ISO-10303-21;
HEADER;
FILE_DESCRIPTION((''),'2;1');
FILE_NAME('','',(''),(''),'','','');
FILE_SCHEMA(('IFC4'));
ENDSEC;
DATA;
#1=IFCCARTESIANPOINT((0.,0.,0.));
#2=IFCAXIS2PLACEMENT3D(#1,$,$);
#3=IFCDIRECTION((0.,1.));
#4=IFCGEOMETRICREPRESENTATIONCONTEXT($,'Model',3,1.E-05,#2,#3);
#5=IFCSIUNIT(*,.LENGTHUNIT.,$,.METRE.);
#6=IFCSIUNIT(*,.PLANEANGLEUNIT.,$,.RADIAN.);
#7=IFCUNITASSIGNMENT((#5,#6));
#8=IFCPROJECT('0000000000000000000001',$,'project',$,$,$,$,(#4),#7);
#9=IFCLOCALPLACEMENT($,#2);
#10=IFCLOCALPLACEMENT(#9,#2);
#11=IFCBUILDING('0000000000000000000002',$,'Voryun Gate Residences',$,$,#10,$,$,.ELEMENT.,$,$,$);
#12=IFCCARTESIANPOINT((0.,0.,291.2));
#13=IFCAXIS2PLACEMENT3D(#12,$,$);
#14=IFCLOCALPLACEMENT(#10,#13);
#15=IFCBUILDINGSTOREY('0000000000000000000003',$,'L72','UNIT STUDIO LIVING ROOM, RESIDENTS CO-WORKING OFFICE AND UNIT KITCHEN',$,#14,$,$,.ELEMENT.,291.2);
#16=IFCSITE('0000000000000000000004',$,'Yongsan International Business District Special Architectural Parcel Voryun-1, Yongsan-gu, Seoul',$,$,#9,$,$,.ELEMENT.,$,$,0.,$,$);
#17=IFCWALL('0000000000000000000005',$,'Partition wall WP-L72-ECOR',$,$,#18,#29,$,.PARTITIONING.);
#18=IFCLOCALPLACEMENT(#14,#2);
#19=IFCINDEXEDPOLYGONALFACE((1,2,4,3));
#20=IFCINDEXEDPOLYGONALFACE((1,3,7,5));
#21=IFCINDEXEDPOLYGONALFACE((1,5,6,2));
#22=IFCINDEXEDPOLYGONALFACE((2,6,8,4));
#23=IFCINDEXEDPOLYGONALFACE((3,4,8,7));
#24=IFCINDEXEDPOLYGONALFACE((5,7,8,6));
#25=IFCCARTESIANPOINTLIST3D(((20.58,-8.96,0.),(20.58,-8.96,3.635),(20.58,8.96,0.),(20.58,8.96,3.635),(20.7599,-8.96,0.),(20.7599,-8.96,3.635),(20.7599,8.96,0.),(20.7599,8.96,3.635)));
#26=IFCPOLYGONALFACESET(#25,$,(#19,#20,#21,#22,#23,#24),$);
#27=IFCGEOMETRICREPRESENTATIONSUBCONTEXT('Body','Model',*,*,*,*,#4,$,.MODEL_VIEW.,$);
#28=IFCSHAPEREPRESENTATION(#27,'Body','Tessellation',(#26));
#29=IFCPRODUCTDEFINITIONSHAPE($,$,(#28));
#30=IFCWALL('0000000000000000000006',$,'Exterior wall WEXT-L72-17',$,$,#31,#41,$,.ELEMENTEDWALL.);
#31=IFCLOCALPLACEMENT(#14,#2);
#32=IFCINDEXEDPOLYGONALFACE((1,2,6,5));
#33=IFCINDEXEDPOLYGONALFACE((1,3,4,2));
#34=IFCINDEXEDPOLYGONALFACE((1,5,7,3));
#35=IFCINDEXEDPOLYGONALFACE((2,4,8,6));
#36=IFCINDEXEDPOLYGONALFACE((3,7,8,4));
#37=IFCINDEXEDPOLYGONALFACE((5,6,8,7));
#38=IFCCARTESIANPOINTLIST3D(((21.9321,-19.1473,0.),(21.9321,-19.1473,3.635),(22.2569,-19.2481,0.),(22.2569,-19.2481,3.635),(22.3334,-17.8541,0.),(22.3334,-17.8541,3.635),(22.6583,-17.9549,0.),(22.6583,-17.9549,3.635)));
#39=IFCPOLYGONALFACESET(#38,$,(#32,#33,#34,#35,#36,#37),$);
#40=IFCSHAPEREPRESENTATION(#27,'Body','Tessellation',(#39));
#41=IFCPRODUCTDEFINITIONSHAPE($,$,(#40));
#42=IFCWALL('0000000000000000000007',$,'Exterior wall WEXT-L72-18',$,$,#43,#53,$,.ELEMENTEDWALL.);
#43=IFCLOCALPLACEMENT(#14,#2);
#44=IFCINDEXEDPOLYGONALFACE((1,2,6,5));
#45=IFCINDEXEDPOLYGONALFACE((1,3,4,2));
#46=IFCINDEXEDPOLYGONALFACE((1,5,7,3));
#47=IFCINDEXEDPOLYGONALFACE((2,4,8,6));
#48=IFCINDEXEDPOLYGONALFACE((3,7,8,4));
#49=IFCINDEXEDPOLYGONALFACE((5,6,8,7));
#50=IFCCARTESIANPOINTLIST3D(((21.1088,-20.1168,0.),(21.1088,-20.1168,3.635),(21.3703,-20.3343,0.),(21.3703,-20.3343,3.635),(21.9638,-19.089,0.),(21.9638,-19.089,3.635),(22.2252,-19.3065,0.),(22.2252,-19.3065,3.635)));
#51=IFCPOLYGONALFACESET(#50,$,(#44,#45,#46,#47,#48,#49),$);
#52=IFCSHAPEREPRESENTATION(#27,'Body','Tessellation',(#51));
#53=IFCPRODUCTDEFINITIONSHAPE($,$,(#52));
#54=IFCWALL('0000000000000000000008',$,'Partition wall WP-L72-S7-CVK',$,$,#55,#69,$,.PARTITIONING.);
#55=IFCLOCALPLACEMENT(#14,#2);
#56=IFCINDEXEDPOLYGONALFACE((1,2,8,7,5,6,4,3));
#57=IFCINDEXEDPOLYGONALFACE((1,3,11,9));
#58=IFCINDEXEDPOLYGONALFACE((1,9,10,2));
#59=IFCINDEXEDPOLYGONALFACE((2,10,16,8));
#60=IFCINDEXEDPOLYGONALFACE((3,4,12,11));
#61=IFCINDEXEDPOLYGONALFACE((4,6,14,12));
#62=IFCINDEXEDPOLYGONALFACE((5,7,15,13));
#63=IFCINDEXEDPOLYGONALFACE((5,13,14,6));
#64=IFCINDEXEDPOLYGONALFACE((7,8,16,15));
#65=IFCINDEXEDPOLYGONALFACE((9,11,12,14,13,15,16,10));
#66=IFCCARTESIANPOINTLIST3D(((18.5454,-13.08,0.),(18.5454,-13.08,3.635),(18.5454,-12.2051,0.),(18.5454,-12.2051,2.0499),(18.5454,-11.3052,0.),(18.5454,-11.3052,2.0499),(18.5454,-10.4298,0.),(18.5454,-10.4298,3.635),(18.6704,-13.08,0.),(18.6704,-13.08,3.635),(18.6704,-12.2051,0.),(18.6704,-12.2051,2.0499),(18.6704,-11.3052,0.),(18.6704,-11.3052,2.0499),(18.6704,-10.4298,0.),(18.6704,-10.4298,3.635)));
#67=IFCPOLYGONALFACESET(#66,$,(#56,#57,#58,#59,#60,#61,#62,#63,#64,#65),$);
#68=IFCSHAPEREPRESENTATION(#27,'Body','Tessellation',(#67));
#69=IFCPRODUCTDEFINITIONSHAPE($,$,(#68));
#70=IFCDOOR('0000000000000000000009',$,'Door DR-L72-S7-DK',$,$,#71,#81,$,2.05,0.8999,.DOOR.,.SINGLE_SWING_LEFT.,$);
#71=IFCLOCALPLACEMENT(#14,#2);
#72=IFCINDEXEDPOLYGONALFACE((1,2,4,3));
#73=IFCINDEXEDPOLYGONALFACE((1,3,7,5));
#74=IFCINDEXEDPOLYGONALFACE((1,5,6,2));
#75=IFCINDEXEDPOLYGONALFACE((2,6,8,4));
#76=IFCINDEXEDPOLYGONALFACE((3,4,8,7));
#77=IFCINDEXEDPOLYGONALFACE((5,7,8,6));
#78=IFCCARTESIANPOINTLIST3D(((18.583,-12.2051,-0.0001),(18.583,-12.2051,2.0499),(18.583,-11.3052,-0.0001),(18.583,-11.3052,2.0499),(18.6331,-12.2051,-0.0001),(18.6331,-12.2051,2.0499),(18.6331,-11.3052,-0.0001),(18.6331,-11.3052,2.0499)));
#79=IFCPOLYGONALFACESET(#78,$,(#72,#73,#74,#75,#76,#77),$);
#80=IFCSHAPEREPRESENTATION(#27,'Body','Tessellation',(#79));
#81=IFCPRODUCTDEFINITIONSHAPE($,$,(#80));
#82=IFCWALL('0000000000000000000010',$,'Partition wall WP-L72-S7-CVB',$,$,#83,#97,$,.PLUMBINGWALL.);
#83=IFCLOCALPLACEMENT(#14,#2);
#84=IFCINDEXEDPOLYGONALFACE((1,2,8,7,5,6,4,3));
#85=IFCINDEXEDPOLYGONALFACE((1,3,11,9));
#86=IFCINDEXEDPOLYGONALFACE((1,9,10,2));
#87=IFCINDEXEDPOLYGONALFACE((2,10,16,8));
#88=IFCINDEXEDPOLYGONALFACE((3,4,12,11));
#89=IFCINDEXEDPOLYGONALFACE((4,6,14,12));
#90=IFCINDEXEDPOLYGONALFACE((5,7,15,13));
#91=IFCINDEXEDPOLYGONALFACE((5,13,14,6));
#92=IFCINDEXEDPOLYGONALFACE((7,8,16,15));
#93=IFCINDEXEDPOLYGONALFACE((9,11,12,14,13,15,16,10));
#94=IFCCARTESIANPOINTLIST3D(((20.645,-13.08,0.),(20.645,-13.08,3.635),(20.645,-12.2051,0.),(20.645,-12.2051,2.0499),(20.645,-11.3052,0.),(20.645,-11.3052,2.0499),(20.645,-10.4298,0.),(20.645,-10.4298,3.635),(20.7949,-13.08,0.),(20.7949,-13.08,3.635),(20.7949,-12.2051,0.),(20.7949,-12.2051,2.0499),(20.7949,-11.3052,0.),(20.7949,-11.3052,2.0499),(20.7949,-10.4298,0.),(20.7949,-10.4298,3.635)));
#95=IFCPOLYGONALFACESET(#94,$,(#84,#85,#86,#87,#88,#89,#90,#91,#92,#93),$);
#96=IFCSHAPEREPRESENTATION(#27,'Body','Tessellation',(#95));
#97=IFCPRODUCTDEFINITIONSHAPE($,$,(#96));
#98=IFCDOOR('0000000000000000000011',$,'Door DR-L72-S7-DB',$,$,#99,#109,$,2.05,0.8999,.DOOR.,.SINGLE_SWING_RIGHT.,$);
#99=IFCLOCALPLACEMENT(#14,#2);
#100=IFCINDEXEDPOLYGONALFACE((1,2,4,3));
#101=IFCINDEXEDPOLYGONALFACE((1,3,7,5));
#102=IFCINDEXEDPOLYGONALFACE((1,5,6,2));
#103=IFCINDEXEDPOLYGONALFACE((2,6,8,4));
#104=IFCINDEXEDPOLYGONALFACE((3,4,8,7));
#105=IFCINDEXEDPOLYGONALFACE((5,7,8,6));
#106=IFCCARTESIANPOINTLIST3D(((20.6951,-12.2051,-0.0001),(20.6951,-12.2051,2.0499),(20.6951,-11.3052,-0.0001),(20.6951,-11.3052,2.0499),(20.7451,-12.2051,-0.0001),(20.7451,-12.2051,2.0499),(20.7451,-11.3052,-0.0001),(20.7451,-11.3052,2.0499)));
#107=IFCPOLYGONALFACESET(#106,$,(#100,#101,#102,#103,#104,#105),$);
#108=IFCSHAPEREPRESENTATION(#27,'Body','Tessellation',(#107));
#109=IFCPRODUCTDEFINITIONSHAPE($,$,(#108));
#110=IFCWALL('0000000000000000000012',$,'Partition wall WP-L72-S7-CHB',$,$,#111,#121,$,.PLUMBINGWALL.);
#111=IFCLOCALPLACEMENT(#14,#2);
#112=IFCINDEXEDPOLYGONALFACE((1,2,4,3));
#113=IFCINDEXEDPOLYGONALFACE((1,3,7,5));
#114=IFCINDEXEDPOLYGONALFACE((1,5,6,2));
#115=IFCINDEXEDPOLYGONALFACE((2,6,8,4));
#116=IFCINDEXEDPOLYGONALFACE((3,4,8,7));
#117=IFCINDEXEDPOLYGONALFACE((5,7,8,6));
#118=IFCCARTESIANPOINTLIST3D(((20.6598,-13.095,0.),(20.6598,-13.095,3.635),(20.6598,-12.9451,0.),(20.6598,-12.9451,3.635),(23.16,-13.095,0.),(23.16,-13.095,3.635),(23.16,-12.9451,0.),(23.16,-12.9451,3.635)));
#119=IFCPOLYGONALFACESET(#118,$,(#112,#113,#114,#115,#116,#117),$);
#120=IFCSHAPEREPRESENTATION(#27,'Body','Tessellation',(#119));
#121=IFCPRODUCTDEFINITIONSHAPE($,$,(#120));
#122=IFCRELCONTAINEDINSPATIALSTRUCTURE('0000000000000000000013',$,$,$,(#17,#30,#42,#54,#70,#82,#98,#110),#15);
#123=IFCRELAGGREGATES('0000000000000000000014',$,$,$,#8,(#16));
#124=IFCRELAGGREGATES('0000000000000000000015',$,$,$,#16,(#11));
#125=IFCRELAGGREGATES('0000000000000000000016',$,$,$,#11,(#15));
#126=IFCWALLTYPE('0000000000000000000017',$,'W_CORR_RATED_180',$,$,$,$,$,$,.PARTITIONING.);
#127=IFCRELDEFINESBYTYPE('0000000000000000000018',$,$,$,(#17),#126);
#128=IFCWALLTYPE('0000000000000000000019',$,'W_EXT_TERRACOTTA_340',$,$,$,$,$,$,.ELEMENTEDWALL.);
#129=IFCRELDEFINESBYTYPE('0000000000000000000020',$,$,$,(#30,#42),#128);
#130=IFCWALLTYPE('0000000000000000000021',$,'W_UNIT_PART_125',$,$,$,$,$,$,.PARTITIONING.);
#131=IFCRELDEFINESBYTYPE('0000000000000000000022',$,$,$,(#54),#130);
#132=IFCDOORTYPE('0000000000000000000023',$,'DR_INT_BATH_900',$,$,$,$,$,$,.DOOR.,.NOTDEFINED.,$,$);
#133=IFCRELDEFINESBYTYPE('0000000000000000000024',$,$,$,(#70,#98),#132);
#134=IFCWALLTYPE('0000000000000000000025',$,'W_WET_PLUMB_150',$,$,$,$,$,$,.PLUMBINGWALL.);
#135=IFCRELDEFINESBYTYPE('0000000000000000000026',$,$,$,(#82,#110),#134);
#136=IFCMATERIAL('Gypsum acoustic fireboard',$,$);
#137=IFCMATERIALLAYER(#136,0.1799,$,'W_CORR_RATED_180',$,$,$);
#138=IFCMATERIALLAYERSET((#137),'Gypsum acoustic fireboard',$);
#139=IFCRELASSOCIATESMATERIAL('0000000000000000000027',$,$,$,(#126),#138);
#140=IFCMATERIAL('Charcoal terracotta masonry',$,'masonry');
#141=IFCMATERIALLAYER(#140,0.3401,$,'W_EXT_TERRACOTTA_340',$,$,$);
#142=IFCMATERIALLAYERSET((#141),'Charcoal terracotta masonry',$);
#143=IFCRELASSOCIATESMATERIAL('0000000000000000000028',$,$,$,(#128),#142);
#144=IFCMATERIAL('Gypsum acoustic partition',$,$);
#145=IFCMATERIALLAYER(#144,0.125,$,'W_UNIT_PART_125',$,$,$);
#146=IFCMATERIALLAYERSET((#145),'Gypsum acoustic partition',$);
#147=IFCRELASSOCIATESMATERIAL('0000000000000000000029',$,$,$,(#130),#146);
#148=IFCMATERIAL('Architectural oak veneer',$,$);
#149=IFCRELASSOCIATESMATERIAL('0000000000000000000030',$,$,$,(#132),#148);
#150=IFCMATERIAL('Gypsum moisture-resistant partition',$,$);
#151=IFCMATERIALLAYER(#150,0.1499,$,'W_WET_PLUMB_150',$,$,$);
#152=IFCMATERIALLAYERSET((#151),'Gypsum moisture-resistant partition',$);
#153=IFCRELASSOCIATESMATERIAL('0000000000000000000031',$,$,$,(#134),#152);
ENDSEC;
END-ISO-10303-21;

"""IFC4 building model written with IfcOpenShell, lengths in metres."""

from ifc_helpers import new_model, si_unit, direction, frame, frame_2d, origin, place, context, subcontext, project, spatial, rectangle, extrude, material, layer, layer_set, type_object, element, fill, save


model = new_model("IFC4")

# Units and contexts
model_context = context("Model", 3, precision=1e-05, world=origin(), true_north=direction((0.0, 1.0)))
body_context = subcontext(model_context, "Body", "Model", "MODEL_VIEW")
ifc_project = project(units=[si_unit("LENGTHUNIT", "METRE"), si_unit("PLANEANGLEUNIT", "RADIAN")], contexts=[model_context])

# Site, building, storey
site_placement = place(None, origin())
site = spatial("IfcSite", under=ifc_project, at=site_placement, Name="Yongsan International Business District Special Architectural Parcel Voryun-1, Yongsan-gu, Seoul", CompositionType="ELEMENT", RefElevation=0.0)
building_placement = place(site_placement, origin())
building = spatial("IfcBuilding", under=site, at=building_placement, Name="Voryun Gate Residences", CompositionType="ELEMENT")
storey_placement = place(building_placement, frame((0.0, 0.0, 291.2)))
storey = spatial("IfcBuildingStorey", under=building, at=storey_placement, Name="L72", Description="UNIT STUDIO LIVING ROOM, RESIDENTS CO-WORKING OFFICE AND UNIT KITCHEN", CompositionType="ELEMENT", Elevation=291.2)

# Walls
ifc_material_1 = material(Name="Gypsum acoustic fireboard")
ifc_layer_1 = layer(ifc_material_1, 0.1799, Name="W_CORR_RATED_180")
ifc_layer_set_1 = layer_set([ifc_layer_1], Name="Gypsum acoustic fireboard")
wall_type_1 = type_object("IfcWallType", Name="W_CORR_RATED_180", PredefinedType="PARTITIONING", material=ifc_layer_set_1)
wall_1_placement = place(storey_placement, frame((20.6699, -8.96, 0.0), z_axis=(0.0, 0.0, 1.0), x_axis=(0.0, 1.0, 0.0)))
element("IfcWall", 1, at=wall_1_placement, inside=storey, type_object=wall_type_1, Name="Partition wall WP-L72-ECOR", PredefinedType="PARTITIONING", context=body_context, shape_type="SweptSolid", body=[
    extrude(rectangle(XDim=17.9199, YDim=0.1799, at=frame_2d((8.96, 0.0))), origin(), (0.0, 0.0, 1.0), 3.635),
])
ifc_material_2 = material(Name="Charcoal terracotta masonry", Category="masonry")
ifc_layer_2 = layer(ifc_material_2, 0.3401, Name="W_EXT_TERRACOTTA_340")
ifc_layer_set_2 = layer_set([ifc_layer_2], Name="Charcoal terracotta masonry")
wall_type_2 = type_object("IfcWallType", Name="W_EXT_TERRACOTTA_340", PredefinedType="ELEMENTEDWALL", material=ifc_layer_set_2)
wall_2_placement = place(storey_placement, frame((22.4958, -17.9045, 0.0), z_axis=(0.0, 0.0, 1.0), x_axis=(-0.296416, -0.955059, 0.0)))
element("IfcWall", 2, at=wall_2_placement, inside=storey, type_object=wall_type_2, Name="Exterior wall WEXT-L72-17", PredefinedType="ELEMENTEDWALL", context=body_context, shape_type="SweptSolid", body=[
    extrude(rectangle(XDim=1.354, YDim=0.3401, at=frame_2d((0.677, 0.0))), origin(), (0.0, 0.0, 1.0), 3.635),
])
wall_3_placement = place(storey_placement, frame((22.0945, -19.1978, 0.0), z_axis=(0.0, 0.0, 1.0), x_axis=(-0.639502, -0.76879, 0.0)))
element("IfcWall", 3, at=wall_3_placement, inside=storey, type_object=wall_type_2, Name="Exterior wall WEXT-L72-18", PredefinedType="ELEMENTEDWALL", context=body_context, shape_type="SweptSolid", body=[
    extrude(rectangle(XDim=1.3369, YDim=0.3401, at=frame_2d((0.6685, 0.0))), origin(), (0.0, 0.0, 1.0), 3.635),
])

# Walls, openings, doors
ifc_material_3 = material(Name="Gypsum acoustic partition")
ifc_layer_3 = layer(ifc_material_3, 0.125, Name="W_UNIT_PART_125")
ifc_layer_set_3 = layer_set([ifc_layer_3], Name="Gypsum acoustic partition")
wall_type_3 = type_object("IfcWallType", Name="W_UNIT_PART_125", PredefinedType="PARTITIONING", material=ifc_layer_set_3)
wall_4_placement = place(storey_placement, frame((18.6079, -13.0801, 0.0), z_axis=(0.0, 0.0, 1.0), x_axis=(0.0, 1.0, 0.0)))
wall_4 = element("IfcWall", 4, at=wall_4_placement, inside=storey, type_object=wall_type_3, Name="Partition wall WP-L72-S7-CVK", PredefinedType="PARTITIONING", context=body_context, shape_type="SweptSolid", body=[
    extrude(rectangle(XDim=2.6501, YDim=0.125, at=frame_2d((1.3252, 0.0))), origin(), (0.0, 0.0, 1.0), 3.635),
])
opening_1_placement = place(wall_4_placement, frame((0.875, 0.0, 0.0)))
opening_1 = element("IfcOpeningElement", 5, at=opening_1_placement, cuts=wall_4, PredefinedType="OPENING", context=body_context, shape_type="SweptSolid", body=[
    extrude(rectangle(XDim=0.8999, YDim=2.05, at=frame_2d((0.45, 1.0249))), frame((0.0, 0.0725, 0.0), z_axis=(0.0, -1.0, 0.0), x_axis=(1.0, 0.0, 0.0)), (0.0, 0.0, 1.0), 0.145),
])
ifc_material_4 = material(Name="Architectural oak veneer")
door_type = type_object("IfcDoorType", Name="DR_INT_BATH_900", OperationType="NOTDEFINED", PredefinedType="DOOR", material=ifc_material_4)
door_1_placement = place(opening_1_placement, origin())
door_1 = element("IfcDoor", 6, at=door_1_placement, inside=storey, type_object=door_type, Name="Door DR-L72-S7-DK", OperationType="SINGLE_SWING_LEFT", OverallHeight=2.05, OverallWidth=0.8999, PredefinedType="DOOR", context=body_context, shape_type="SweptSolid", body=[
    extrude(rectangle(XDim=0.8999, YDim=2.05, at=frame_2d((0.45, 1.0249))), frame((0.0, 0.0249, 0.0), z_axis=(0.0, -1.0, 0.0), x_axis=(1.0, 0.0, 0.0)), (0.0, 0.0, 1.0), 0.05),
])
fill(opening_1, door_1)
ifc_material_5 = material(Name="Gypsum moisture-resistant partition")
ifc_layer_4 = layer(ifc_material_5, 0.1499, Name="W_WET_PLUMB_150")
ifc_layer_set_4 = layer_set([ifc_layer_4], Name="Gypsum moisture-resistant partition")
wall_type_4 = type_object("IfcWallType", Name="W_WET_PLUMB_150", PredefinedType="PLUMBINGWALL", material=ifc_layer_set_4)
wall_5_placement = place(storey_placement, frame((20.72, -13.0801, 0.0), z_axis=(0.0, 0.0, 1.0), x_axis=(0.0, 1.0, 0.0)))
wall_5 = element("IfcWall", 7, at=wall_5_placement, inside=storey, type_object=wall_type_4, Name="Partition wall WP-L72-S7-CVB", PredefinedType="PLUMBINGWALL", context=body_context, shape_type="SweptSolid", body=[
    extrude(rectangle(XDim=2.6501, YDim=0.1499, at=frame_2d((1.3252, 0.0))), origin(), (0.0, 0.0, 1.0), 3.635),
])
opening_2_placement = place(wall_5_placement, frame((0.875, 0.0, 0.0)))
opening_2 = element("IfcOpeningElement", 8, at=opening_2_placement, cuts=wall_5, PredefinedType="OPENING", context=body_context, shape_type="SweptSolid", body=[
    extrude(rectangle(XDim=0.8999, YDim=2.05, at=frame_2d((0.45, 1.0249))), frame((0.0, 0.085, 0.0), z_axis=(0.0, -1.0, 0.0), x_axis=(1.0, 0.0, 0.0)), (0.0, 0.0, 1.0), 0.1699),
])
door_2_placement = place(opening_2_placement, origin())
door_2 = element("IfcDoor", 9, at=door_2_placement, inside=storey, type_object=door_type, Name="Door DR-L72-S7-DB", OperationType="SINGLE_SWING_RIGHT", OverallHeight=2.05, OverallWidth=0.8999, PredefinedType="DOOR", context=body_context, shape_type="SweptSolid", body=[
    extrude(rectangle(XDim=0.8999, YDim=2.05, at=frame_2d((0.45, 1.0249))), frame((0.0, 0.0249, 0.0), z_axis=(0.0, -1.0, 0.0), x_axis=(1.0, 0.0, 0.0)), (0.0, 0.0, 1.0), 0.05),
])
fill(opening_2, door_2)

# Wall
wall_6_placement = place(storey_placement, frame((20.6599, -13.02, 0.0), z_axis=(0.0, 0.0, 1.0), x_axis=(1.0, 0.0, 0.0)))
element("IfcWall", 10, at=wall_6_placement, inside=storey, type_object=wall_type_4, Name="Partition wall WP-L72-S7-CHB", PredefinedType="PLUMBINGWALL", context=body_context, shape_type="SweptSolid", body=[
    extrude(rectangle(XDim=2.5002, YDim=0.1499, at=frame_2d((1.25, 0.0))), origin(), (0.0, 0.0, 1.0), 3.635),
])

save(model, "model.ifc")
